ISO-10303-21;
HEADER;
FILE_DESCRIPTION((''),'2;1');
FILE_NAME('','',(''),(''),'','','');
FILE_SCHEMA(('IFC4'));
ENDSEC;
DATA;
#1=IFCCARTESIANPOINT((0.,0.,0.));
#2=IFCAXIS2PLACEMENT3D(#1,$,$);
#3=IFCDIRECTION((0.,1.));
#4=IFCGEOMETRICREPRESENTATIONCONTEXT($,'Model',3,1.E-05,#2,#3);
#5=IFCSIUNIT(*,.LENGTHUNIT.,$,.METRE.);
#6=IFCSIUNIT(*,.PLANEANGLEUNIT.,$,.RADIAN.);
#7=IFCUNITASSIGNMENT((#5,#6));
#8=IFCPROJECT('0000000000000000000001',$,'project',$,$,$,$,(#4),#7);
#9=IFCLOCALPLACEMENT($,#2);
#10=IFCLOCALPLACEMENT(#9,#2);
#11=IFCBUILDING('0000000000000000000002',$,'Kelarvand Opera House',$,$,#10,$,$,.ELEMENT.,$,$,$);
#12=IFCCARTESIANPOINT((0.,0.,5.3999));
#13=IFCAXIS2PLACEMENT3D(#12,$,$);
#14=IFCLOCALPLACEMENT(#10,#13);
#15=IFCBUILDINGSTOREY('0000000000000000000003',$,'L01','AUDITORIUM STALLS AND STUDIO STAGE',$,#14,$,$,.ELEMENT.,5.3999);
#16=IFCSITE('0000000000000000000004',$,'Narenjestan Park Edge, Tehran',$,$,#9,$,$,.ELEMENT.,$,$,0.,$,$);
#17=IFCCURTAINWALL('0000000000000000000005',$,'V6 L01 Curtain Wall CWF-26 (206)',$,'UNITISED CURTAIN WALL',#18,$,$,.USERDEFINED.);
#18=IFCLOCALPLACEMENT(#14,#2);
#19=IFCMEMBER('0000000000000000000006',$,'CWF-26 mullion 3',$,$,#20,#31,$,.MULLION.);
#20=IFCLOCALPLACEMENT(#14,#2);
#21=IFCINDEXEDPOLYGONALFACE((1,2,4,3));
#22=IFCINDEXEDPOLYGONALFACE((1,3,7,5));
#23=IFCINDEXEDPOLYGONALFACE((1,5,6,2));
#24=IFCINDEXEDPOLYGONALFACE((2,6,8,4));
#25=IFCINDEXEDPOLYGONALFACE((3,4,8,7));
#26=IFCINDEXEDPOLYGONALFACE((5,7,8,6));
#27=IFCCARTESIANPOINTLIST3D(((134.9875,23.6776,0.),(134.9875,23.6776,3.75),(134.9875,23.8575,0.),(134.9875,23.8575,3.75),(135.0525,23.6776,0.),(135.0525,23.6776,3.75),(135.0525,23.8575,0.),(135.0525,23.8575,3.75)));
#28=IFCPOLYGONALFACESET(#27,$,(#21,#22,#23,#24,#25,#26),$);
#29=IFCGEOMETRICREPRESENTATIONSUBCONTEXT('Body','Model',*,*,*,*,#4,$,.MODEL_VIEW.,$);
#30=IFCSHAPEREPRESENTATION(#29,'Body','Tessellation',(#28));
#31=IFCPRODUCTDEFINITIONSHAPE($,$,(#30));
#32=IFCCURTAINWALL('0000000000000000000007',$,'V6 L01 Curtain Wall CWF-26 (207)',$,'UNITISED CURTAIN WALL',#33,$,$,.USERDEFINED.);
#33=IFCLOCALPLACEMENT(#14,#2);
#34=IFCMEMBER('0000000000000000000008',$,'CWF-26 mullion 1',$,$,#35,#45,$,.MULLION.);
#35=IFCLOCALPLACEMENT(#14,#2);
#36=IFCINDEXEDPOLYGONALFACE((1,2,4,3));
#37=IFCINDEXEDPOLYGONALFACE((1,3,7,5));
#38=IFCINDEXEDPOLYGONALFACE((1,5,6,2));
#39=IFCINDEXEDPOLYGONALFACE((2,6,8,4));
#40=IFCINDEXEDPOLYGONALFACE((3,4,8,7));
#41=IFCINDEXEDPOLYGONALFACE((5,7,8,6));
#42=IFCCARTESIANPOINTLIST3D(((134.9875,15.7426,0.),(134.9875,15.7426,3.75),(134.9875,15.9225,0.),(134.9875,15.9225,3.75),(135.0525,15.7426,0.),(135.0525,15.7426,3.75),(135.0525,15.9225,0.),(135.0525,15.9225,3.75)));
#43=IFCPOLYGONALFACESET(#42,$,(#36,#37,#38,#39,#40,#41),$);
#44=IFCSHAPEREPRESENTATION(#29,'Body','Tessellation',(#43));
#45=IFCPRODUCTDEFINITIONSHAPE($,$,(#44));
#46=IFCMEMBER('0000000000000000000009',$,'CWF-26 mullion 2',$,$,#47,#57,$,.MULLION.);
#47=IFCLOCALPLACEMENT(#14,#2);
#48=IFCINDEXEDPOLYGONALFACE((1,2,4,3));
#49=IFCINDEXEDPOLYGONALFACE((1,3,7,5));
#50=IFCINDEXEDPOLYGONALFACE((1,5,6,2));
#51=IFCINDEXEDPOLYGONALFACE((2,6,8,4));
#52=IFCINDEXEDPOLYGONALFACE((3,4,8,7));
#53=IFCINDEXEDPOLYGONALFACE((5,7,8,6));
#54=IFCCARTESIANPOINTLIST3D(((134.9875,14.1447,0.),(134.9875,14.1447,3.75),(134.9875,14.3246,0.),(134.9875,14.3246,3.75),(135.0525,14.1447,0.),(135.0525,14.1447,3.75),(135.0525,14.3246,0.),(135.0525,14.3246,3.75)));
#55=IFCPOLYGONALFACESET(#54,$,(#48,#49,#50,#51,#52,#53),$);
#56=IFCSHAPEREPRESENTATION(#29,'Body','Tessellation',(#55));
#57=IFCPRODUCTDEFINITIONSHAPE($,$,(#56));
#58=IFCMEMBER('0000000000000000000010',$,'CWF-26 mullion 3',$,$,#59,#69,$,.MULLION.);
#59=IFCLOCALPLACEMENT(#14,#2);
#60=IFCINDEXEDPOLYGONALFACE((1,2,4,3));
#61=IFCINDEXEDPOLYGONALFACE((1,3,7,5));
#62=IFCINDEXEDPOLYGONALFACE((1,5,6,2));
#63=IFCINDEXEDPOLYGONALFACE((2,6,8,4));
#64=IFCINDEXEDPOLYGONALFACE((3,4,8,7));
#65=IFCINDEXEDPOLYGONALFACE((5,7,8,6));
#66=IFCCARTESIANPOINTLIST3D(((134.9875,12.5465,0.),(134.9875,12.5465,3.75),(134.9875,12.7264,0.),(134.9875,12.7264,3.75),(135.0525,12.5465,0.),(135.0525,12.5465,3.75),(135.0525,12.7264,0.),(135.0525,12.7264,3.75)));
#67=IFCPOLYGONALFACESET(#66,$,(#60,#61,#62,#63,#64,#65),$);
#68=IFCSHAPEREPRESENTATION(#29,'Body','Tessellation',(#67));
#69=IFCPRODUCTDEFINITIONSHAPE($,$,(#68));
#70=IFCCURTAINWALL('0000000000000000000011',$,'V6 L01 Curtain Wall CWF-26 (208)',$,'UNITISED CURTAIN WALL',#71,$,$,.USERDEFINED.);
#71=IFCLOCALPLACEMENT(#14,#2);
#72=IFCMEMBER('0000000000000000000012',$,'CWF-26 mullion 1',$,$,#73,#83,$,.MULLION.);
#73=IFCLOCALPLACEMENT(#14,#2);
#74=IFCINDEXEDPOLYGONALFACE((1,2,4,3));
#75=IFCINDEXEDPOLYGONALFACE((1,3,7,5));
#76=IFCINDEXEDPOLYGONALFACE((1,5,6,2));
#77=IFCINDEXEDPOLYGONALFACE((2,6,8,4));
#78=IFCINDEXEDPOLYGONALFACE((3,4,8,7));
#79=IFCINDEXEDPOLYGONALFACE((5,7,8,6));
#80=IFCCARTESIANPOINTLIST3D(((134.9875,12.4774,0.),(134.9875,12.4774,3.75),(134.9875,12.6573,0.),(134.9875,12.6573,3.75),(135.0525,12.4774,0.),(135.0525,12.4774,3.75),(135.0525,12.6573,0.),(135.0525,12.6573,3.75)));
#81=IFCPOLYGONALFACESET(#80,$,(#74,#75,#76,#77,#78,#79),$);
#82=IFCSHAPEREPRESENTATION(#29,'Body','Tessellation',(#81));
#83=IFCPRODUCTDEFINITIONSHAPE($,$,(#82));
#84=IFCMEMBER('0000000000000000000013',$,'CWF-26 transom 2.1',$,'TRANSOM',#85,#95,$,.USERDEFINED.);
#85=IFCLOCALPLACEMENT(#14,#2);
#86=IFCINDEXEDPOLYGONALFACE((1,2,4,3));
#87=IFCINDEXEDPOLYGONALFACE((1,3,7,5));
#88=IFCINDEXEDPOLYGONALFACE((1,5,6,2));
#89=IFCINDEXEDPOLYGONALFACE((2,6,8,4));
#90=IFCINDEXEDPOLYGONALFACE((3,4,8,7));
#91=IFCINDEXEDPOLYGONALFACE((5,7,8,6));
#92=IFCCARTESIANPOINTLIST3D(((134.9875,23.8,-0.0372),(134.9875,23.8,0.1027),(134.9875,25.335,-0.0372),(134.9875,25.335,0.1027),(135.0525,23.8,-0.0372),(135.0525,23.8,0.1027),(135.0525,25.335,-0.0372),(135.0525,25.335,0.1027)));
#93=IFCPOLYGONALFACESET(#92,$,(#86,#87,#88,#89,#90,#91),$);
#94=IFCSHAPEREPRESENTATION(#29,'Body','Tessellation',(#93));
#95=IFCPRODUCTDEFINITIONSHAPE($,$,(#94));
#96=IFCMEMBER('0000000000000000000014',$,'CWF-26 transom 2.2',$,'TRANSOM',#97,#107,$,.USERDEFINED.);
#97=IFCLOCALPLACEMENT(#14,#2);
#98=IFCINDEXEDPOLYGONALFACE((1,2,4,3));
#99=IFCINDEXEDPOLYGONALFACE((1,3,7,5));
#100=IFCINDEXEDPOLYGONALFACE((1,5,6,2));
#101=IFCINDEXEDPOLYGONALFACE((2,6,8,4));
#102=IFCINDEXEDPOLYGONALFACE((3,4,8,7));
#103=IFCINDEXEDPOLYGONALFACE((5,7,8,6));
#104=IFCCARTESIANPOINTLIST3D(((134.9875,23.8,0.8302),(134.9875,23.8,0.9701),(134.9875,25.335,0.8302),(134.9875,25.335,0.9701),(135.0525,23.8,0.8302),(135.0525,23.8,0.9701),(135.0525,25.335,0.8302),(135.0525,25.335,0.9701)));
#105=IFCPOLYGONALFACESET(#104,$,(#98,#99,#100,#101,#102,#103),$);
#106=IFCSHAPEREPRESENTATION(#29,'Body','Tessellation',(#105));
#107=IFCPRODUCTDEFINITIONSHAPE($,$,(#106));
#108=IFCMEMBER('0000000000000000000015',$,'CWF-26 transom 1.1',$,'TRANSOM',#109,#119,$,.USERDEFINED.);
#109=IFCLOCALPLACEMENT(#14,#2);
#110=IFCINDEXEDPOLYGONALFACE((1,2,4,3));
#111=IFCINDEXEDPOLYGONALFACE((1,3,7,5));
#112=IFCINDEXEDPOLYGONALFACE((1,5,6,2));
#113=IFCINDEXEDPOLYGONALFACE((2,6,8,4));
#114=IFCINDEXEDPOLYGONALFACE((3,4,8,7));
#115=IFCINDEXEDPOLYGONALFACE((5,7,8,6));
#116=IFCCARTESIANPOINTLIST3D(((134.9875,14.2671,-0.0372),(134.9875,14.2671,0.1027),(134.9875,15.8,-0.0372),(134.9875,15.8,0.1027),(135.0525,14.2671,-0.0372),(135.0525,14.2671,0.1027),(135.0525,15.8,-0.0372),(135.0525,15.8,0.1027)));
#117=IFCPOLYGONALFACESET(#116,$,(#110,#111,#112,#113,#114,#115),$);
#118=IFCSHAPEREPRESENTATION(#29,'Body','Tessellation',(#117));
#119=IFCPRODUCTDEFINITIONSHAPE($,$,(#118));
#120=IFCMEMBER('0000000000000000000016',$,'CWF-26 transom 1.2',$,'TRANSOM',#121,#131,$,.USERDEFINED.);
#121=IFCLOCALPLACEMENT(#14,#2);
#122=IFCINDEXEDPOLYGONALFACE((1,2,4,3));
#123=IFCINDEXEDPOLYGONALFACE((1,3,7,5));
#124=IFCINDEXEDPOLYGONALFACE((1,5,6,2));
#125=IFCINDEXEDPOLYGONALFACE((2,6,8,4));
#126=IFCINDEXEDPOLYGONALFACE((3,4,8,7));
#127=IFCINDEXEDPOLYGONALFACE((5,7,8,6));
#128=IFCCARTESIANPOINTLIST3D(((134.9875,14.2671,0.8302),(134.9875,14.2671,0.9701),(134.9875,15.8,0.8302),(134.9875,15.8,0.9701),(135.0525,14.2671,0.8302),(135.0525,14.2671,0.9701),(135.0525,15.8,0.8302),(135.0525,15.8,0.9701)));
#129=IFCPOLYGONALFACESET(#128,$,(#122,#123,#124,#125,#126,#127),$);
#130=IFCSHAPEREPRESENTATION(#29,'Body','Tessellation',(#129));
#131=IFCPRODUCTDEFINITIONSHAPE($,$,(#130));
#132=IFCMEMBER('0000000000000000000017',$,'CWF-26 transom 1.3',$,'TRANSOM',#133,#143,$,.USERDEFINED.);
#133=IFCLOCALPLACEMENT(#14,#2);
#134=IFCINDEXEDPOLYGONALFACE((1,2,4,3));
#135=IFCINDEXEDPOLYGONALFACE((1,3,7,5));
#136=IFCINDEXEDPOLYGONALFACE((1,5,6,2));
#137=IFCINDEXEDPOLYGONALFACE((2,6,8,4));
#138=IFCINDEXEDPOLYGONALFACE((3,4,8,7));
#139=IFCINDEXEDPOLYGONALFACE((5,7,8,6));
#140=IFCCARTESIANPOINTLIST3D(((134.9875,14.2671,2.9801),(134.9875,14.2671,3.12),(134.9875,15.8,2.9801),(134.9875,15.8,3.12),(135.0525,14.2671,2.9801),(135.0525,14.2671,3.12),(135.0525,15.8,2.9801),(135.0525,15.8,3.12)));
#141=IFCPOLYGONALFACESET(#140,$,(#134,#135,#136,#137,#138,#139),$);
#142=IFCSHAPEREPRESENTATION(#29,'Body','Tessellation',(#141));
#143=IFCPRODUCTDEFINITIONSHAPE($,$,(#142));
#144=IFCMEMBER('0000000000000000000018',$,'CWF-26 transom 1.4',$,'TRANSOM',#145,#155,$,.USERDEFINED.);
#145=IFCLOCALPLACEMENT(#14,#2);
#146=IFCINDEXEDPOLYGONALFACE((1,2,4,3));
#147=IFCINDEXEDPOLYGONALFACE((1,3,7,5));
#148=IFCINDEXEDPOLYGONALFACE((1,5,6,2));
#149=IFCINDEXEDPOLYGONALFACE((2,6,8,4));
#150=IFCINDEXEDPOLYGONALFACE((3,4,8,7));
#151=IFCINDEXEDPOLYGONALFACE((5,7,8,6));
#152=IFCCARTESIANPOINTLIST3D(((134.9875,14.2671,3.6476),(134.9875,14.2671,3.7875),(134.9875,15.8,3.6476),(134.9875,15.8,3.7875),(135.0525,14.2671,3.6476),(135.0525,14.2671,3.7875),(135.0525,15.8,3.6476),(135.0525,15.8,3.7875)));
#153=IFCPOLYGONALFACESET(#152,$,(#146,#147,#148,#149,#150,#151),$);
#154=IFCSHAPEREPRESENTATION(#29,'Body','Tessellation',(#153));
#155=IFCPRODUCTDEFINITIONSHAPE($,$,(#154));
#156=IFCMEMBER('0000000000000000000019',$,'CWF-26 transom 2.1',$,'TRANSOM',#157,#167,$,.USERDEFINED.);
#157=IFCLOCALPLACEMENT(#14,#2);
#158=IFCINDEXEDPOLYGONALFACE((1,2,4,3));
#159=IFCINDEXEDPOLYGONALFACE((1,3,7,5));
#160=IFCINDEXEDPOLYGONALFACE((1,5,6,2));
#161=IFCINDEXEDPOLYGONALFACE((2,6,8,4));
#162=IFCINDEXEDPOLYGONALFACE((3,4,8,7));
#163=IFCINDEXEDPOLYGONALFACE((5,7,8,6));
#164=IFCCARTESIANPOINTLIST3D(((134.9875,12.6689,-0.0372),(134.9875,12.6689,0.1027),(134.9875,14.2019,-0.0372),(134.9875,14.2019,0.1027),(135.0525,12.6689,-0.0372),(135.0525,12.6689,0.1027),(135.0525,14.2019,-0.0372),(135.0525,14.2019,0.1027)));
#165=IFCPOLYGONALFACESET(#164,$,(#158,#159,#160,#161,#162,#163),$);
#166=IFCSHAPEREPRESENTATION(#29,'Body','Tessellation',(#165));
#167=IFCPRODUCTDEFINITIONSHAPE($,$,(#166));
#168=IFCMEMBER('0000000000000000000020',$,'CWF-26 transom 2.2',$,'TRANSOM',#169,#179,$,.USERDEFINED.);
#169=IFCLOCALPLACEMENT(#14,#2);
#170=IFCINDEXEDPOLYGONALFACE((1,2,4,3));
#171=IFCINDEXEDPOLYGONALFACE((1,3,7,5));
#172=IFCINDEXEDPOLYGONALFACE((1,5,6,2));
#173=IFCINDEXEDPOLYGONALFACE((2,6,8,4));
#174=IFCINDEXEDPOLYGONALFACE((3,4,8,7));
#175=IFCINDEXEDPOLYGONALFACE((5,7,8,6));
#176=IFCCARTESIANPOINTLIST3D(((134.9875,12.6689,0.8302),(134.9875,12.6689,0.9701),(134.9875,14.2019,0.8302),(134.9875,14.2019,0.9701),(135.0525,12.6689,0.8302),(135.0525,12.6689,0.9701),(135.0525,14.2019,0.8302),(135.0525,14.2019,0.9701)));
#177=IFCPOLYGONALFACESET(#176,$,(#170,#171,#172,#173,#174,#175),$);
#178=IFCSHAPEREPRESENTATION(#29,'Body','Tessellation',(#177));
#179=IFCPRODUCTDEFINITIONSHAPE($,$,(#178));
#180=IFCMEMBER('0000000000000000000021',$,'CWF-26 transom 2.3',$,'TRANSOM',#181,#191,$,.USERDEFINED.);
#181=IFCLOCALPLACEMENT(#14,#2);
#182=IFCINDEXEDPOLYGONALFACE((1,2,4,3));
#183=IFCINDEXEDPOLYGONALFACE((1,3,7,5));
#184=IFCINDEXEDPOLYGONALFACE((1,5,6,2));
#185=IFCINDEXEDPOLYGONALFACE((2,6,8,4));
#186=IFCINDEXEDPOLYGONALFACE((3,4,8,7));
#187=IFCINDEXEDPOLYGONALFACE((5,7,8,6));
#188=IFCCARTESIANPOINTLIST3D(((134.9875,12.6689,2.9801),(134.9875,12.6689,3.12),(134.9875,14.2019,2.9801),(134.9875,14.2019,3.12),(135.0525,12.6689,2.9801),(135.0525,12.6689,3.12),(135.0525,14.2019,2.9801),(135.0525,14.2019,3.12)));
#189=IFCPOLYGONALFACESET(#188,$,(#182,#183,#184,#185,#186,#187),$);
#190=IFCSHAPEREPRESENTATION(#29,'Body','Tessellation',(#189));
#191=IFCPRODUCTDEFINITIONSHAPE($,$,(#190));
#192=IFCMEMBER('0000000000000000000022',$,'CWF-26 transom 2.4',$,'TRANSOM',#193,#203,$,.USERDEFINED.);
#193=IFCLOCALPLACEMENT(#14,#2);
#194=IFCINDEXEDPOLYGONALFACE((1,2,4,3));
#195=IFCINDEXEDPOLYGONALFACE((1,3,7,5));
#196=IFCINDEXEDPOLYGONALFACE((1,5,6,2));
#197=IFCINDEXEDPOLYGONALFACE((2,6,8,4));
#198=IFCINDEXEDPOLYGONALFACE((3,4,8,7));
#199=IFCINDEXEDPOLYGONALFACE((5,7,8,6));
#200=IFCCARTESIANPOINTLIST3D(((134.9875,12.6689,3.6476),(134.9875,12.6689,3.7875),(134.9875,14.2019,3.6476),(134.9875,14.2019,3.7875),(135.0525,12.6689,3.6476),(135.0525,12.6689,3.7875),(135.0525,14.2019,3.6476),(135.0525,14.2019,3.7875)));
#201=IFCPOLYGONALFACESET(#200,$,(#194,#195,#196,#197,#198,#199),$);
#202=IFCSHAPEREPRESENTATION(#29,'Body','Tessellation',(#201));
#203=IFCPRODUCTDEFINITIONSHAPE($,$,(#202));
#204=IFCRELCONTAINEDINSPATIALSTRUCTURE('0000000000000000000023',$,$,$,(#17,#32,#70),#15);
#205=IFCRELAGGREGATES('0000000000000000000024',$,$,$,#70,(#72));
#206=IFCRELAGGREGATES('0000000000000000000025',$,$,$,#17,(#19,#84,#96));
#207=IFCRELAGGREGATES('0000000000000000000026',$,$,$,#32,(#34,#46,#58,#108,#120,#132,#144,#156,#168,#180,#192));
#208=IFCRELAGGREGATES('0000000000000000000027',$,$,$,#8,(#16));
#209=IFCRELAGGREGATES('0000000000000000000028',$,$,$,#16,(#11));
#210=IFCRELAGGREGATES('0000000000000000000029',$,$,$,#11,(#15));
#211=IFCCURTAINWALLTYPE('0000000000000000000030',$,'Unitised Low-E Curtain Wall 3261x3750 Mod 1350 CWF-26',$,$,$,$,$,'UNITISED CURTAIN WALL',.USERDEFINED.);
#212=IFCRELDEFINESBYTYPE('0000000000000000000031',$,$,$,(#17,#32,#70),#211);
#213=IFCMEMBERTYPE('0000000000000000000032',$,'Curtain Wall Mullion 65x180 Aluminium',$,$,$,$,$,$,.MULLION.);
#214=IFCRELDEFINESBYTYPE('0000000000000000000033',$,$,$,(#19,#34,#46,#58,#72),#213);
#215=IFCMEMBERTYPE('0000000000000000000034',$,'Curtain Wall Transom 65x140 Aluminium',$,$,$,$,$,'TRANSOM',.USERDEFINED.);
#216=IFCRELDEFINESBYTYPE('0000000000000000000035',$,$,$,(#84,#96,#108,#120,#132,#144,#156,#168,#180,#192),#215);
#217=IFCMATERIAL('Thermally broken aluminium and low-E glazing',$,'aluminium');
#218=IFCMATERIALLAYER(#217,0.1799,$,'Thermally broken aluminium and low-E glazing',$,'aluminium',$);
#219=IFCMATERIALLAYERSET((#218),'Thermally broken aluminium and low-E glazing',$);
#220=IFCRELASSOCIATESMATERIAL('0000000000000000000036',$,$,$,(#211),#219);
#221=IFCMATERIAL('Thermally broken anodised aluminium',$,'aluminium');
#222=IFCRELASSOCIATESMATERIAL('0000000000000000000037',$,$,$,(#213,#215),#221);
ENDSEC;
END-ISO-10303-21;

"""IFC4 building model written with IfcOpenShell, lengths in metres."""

from ifc_helpers import new_model, si_unit, direction, frame, origin, origin_2d, place, context, subcontext, project, spatial, rectangle, extrude, material, layer, layer_set, material_profile, profile_set, type_object, element, aggregate, save


model = new_model("IFC4")

# Units and contexts
model_context = context("Model", 3, precision=1e-05, world=origin(), true_north=direction((0.0, 1.0)))
body_context = subcontext(model_context, "Body", "Model", "MODEL_VIEW")
ifc_project = project(units=[si_unit("LENGTHUNIT", "METRE"), si_unit("PLANEANGLEUNIT", "RADIAN")], contexts=[model_context])

# Site, building, storey
site_placement = place(None, origin())
site = spatial("IfcSite", under=ifc_project, at=site_placement, Name="Narenjestan Park Edge, Tehran", CompositionType="ELEMENT", RefElevation=0.0)
building_placement = place(site_placement, origin())
building = spatial("IfcBuilding", under=site, at=building_placement, Name="Kelarvand Opera House", CompositionType="ELEMENT")
storey_placement = place(building_placement, frame((0.0, 0.0, 5.3999)))
storey = spatial("IfcBuildingStorey", under=building, at=storey_placement, Name="L01", Description="AUDITORIUM STALLS AND STUDIO STAGE", CompositionType="ELEMENT", Elevation=5.3999)

# Curtain wall, member
ifc_material_1 = material(Name="Thermally broken aluminium and low-E glazing", Category="aluminium")
ifc_layer_1 = layer(ifc_material_1, 0.1799, Name="Thermally broken aluminium and low-E glazing", Category="aluminium")
ifc_layer_set_1 = layer_set([ifc_layer_1], Name="Thermally broken aluminium and low-E glazing")
curtain_wall_type = type_object("IfcCurtainWallType", Name="Unitised Low-E Curtain Wall 3261x3750 Mod 1350 CWF-26", ElementType="UNITISED CURTAIN WALL", PredefinedType="USERDEFINED", material=ifc_layer_set_1)
curtain_wall_1_placement = place(storey_placement, origin())
curtain_wall_1 = element("IfcCurtainWall", 1, at=curtain_wall_1_placement, inside=storey, type_object=curtain_wall_type, Name="V6 L01 Curtain Wall CWF-26 (206)", ObjectType="UNITISED CURTAIN WALL", PredefinedType="USERDEFINED")
ifc_material_2 = material(Name="Thermally broken anodised aluminium", Category="aluminium")
ifc_material_profile_1 = material_profile(ifc_material_2, rectangle(XDim=0.0649, YDim=0.1799, at=origin_2d()), Name="ALU MULLION 65x180", Category="aluminium")
ifc_profile_set_1 = profile_set([ifc_material_profile_1], Name="Thermally broken anodised aluminium")
member_type_1 = type_object("IfcMemberType", Name="Curtain Wall Mullion 65x180 Aluminium", PredefinedType="MULLION", material=ifc_profile_set_1)
member_1_placement = place(storey_placement, frame((135.02, 23.7676, 0.0), z_axis=(0.0, 0.0, 1.0), x_axis=(1.0, 0.0, 0.0)))
member_1 = element("IfcMember", 2, at=member_1_placement, type_object=member_type_1, Name="CWF-26 mullion 3", PredefinedType="MULLION", context=body_context, shape_type="SweptSolid", body=[
    extrude(rectangle(XDim=0.0649, YDim=0.1799, at=origin_2d()), origin(), (0.0, 0.0, 1.0), 3.75),
])

# Curtain wall, members
curtain_wall_2_placement = place(storey_placement, origin())
curtain_wall_2 = element("IfcCurtainWall", 3, at=curtain_wall_2_placement, inside=storey, type_object=curtain_wall_type, Name="V6 L01 Curtain Wall CWF-26 (207)", ObjectType="UNITISED CURTAIN WALL", PredefinedType="USERDEFINED")
member_2_placement = place(storey_placement, frame((135.02, 15.8325, 0.0), z_axis=(0.0, 0.0, 1.0), x_axis=(1.0, 0.0, 0.0)))
member_2 = element("IfcMember", 4, at=member_2_placement, type_object=member_type_1, Name="CWF-26 mullion 1", PredefinedType="MULLION", context=body_context, shape_type="SweptSolid", body=[
    extrude(rectangle(XDim=0.0649, YDim=0.1799, at=origin_2d()), origin(), (0.0, 0.0, 1.0), 3.75),
])
member_3_placement = place(storey_placement, frame((135.02, 14.2346, 0.0), z_axis=(0.0, 0.0, 1.0), x_axis=(1.0, 0.0, 0.0)))
member_3 = element("IfcMember", 5, at=member_3_placement, type_object=member_type_1, Name="CWF-26 mullion 2", PredefinedType="MULLION", context=body_context, shape_type="SweptSolid", body=[
    extrude(rectangle(XDim=0.0649, YDim=0.1799, at=origin_2d()), origin(), (0.0, 0.0, 1.0), 3.75),
])
member_4_placement = place(storey_placement, frame((135.02, 12.6365, 0.0), z_axis=(0.0, 0.0, 1.0), x_axis=(1.0, 0.0, 0.0)))
member_4 = element("IfcMember", 6, at=member_4_placement, type_object=member_type_1, Name="CWF-26 mullion 3", PredefinedType="MULLION", context=body_context, shape_type="SweptSolid", body=[
    extrude(rectangle(XDim=0.0649, YDim=0.1799, at=origin_2d()), origin(), (0.0, 0.0, 1.0), 3.75),
])

# Curtain wall, member
curtain_wall_3_placement = place(storey_placement, origin())
curtain_wall_3 = element("IfcCurtainWall", 7, at=curtain_wall_3_placement, inside=storey, type_object=curtain_wall_type, Name="V6 L01 Curtain Wall CWF-26 (208)", ObjectType="UNITISED CURTAIN WALL", PredefinedType="USERDEFINED")
member_5_placement = place(storey_placement, frame((135.02, 12.5674, 0.0), z_axis=(0.0, 0.0, 1.0), x_axis=(1.0, 0.0, 0.0)))
member_5 = element("IfcMember", 8, at=member_5_placement, type_object=member_type_1, Name="CWF-26 mullion 1", PredefinedType="MULLION", context=body_context, shape_type="SweptSolid", body=[
    extrude(rectangle(XDim=0.0649, YDim=0.1799, at=origin_2d()), origin(), (0.0, 0.0, 1.0), 3.75),
])

# Members
ifc_material_profile_2 = material_profile(ifc_material_2, rectangle(XDim=0.0649, YDim=0.1399, at=origin_2d()), Name="ALU TRANSOM 65x140", Category="aluminium")
ifc_profile_set_2 = profile_set([ifc_material_profile_2], Name="Thermally broken anodised aluminium")
member_type_2 = type_object("IfcMemberType", Name="Curtain Wall Transom 65x140 Aluminium", ElementType="TRANSOM", PredefinedType="USERDEFINED", material=ifc_profile_set_2)
member_6_placement = place(storey_placement, frame((135.02, 25.335, 0.0327), z_axis=(0.0, -1.0, 0.0), x_axis=(1.0, 0.0, 0.0)))
member_6 = element("IfcMember", 9, at=member_6_placement, type_object=member_type_2, Name="CWF-26 transom 2.1", ObjectType="TRANSOM", PredefinedType="USERDEFINED", context=body_context, shape_type="SweptSolid", body=[
    extrude(rectangle(XDim=0.0649, YDim=0.1399, at=origin_2d()), origin(), (0.0, 0.0, 1.0), 1.5349),
])
member_7_placement = place(storey_placement, frame((135.02, 25.335, 0.9001), z_axis=(0.0, -1.0, 0.0), x_axis=(1.0, 0.0, 0.0)))
member_7 = element("IfcMember", 10, at=member_7_placement, type_object=member_type_2, Name="CWF-26 transom 2.2", ObjectType="TRANSOM", PredefinedType="USERDEFINED", context=body_context, shape_type="SweptSolid", body=[
    extrude(rectangle(XDim=0.0649, YDim=0.1399, at=origin_2d()), origin(), (0.0, 0.0, 1.0), 1.5349),
])
member_8_placement = place(storey_placement, frame((135.02, 15.8, 0.0327), z_axis=(0.0, -1.0, 0.0), x_axis=(1.0, 0.0, 0.0)))
member_8 = element("IfcMember", 11, at=member_8_placement, type_object=member_type_2, Name="CWF-26 transom 1.1", ObjectType="TRANSOM", PredefinedType="USERDEFINED", context=body_context, shape_type="SweptSolid", body=[
    extrude(rectangle(XDim=0.0649, YDim=0.1399, at=origin_2d()), origin(), (0.0, 0.0, 1.0), 1.533),
])
member_9_placement = place(storey_placement, frame((135.02, 15.8, 0.9001), z_axis=(0.0, -1.0, 0.0), x_axis=(1.0, 0.0, 0.0)))
member_9 = element("IfcMember", 12, at=member_9_placement, type_object=member_type_2, Name="CWF-26 transom 1.2", ObjectType="TRANSOM", PredefinedType="USERDEFINED", context=body_context, shape_type="SweptSolid", body=[
    extrude(rectangle(XDim=0.0649, YDim=0.1399, at=origin_2d()), origin(), (0.0, 0.0, 1.0), 1.533),
])
member_10_placement = place(storey_placement, frame((135.02, 15.8, 3.05), z_axis=(0.0, -1.0, 0.0), x_axis=(1.0, 0.0, 0.0)))
member_10 = element("IfcMember", 13, at=member_10_placement, type_object=member_type_2, Name="CWF-26 transom 1.3", ObjectType="TRANSOM", PredefinedType="USERDEFINED", context=body_context, shape_type="SweptSolid", body=[
    extrude(rectangle(XDim=0.0649, YDim=0.1399, at=origin_2d()), origin(), (0.0, 0.0, 1.0), 1.533),
])
member_11_placement = place(storey_placement, frame((135.02, 15.8, 3.7175), z_axis=(0.0, -1.0, 0.0), x_axis=(1.0, 0.0, 0.0)))
member_11 = element("IfcMember", 14, at=member_11_placement, type_object=member_type_2, Name="CWF-26 transom 1.4", ObjectType="TRANSOM", PredefinedType="USERDEFINED", context=body_context, shape_type="SweptSolid", body=[
    extrude(rectangle(XDim=0.0649, YDim=0.1399, at=origin_2d()), origin(), (0.0, 0.0, 1.0), 1.533),
])
member_12_placement = place(storey_placement, frame((135.02, 14.2019, 0.0327), z_axis=(0.0, -1.0, 0.0), x_axis=(1.0, 0.0, 0.0)))
member_12 = element("IfcMember", 15, at=member_12_placement, type_object=member_type_2, Name="CWF-26 transom 2.1", ObjectType="TRANSOM", PredefinedType="USERDEFINED", context=body_context, shape_type="SweptSolid", body=[
    extrude(rectangle(XDim=0.0649, YDim=0.1399, at=origin_2d()), origin(), (0.0, 0.0, 1.0), 1.533),
])
member_13_placement = place(storey_placement, frame((135.02, 14.2019, 0.9001), z_axis=(0.0, -1.0, 0.0), x_axis=(1.0, 0.0, 0.0)))
member_13 = element("IfcMember", 16, at=member_13_placement, type_object=member_type_2, Name="CWF-26 transom 2.2", ObjectType="TRANSOM", PredefinedType="USERDEFINED", context=body_context, shape_type="SweptSolid", body=[
    extrude(rectangle(XDim=0.0649, YDim=0.1399, at=origin_2d()), origin(), (0.0, 0.0, 1.0), 1.533),
])
member_14_placement = place(storey_placement, frame((135.02, 14.2019, 3.05), z_axis=(0.0, -1.0, 0.0), x_axis=(1.0, 0.0, 0.0)))
member_14 = element("IfcMember", 17, at=member_14_placement, type_object=member_type_2, Name="CWF-26 transom 2.3", ObjectType="TRANSOM", PredefinedType="USERDEFINED", context=body_context, shape_type="SweptSolid", body=[
    extrude(rectangle(XDim=0.0649, YDim=0.1399, at=origin_2d()), origin(), (0.0, 0.0, 1.0), 1.533),
])
member_15_placement = place(storey_placement, frame((135.02, 14.2019, 3.7175), z_axis=(0.0, -1.0, 0.0), x_axis=(1.0, 0.0, 0.0)))
member_15 = element("IfcMember", 18, at=member_15_placement, type_object=member_type_2, Name="CWF-26 transom 2.4", ObjectType="TRANSOM", PredefinedType="USERDEFINED", context=body_context, shape_type="SweptSolid", body=[
    extrude(rectangle(XDim=0.0649, YDim=0.1399, at=origin_2d()), origin(), (0.0, 0.0, 1.0), 1.533),
])
aggregate(curtain_wall_3, [member_5])

aggregate(curtain_wall_1, [member_1, member_6, member_7])
aggregate(curtain_wall_2, [member_2, member_3, member_4, member_8, member_9, member_10, member_11, member_12, member_13, member_14, member_15])

save(model, "model.ifc")
